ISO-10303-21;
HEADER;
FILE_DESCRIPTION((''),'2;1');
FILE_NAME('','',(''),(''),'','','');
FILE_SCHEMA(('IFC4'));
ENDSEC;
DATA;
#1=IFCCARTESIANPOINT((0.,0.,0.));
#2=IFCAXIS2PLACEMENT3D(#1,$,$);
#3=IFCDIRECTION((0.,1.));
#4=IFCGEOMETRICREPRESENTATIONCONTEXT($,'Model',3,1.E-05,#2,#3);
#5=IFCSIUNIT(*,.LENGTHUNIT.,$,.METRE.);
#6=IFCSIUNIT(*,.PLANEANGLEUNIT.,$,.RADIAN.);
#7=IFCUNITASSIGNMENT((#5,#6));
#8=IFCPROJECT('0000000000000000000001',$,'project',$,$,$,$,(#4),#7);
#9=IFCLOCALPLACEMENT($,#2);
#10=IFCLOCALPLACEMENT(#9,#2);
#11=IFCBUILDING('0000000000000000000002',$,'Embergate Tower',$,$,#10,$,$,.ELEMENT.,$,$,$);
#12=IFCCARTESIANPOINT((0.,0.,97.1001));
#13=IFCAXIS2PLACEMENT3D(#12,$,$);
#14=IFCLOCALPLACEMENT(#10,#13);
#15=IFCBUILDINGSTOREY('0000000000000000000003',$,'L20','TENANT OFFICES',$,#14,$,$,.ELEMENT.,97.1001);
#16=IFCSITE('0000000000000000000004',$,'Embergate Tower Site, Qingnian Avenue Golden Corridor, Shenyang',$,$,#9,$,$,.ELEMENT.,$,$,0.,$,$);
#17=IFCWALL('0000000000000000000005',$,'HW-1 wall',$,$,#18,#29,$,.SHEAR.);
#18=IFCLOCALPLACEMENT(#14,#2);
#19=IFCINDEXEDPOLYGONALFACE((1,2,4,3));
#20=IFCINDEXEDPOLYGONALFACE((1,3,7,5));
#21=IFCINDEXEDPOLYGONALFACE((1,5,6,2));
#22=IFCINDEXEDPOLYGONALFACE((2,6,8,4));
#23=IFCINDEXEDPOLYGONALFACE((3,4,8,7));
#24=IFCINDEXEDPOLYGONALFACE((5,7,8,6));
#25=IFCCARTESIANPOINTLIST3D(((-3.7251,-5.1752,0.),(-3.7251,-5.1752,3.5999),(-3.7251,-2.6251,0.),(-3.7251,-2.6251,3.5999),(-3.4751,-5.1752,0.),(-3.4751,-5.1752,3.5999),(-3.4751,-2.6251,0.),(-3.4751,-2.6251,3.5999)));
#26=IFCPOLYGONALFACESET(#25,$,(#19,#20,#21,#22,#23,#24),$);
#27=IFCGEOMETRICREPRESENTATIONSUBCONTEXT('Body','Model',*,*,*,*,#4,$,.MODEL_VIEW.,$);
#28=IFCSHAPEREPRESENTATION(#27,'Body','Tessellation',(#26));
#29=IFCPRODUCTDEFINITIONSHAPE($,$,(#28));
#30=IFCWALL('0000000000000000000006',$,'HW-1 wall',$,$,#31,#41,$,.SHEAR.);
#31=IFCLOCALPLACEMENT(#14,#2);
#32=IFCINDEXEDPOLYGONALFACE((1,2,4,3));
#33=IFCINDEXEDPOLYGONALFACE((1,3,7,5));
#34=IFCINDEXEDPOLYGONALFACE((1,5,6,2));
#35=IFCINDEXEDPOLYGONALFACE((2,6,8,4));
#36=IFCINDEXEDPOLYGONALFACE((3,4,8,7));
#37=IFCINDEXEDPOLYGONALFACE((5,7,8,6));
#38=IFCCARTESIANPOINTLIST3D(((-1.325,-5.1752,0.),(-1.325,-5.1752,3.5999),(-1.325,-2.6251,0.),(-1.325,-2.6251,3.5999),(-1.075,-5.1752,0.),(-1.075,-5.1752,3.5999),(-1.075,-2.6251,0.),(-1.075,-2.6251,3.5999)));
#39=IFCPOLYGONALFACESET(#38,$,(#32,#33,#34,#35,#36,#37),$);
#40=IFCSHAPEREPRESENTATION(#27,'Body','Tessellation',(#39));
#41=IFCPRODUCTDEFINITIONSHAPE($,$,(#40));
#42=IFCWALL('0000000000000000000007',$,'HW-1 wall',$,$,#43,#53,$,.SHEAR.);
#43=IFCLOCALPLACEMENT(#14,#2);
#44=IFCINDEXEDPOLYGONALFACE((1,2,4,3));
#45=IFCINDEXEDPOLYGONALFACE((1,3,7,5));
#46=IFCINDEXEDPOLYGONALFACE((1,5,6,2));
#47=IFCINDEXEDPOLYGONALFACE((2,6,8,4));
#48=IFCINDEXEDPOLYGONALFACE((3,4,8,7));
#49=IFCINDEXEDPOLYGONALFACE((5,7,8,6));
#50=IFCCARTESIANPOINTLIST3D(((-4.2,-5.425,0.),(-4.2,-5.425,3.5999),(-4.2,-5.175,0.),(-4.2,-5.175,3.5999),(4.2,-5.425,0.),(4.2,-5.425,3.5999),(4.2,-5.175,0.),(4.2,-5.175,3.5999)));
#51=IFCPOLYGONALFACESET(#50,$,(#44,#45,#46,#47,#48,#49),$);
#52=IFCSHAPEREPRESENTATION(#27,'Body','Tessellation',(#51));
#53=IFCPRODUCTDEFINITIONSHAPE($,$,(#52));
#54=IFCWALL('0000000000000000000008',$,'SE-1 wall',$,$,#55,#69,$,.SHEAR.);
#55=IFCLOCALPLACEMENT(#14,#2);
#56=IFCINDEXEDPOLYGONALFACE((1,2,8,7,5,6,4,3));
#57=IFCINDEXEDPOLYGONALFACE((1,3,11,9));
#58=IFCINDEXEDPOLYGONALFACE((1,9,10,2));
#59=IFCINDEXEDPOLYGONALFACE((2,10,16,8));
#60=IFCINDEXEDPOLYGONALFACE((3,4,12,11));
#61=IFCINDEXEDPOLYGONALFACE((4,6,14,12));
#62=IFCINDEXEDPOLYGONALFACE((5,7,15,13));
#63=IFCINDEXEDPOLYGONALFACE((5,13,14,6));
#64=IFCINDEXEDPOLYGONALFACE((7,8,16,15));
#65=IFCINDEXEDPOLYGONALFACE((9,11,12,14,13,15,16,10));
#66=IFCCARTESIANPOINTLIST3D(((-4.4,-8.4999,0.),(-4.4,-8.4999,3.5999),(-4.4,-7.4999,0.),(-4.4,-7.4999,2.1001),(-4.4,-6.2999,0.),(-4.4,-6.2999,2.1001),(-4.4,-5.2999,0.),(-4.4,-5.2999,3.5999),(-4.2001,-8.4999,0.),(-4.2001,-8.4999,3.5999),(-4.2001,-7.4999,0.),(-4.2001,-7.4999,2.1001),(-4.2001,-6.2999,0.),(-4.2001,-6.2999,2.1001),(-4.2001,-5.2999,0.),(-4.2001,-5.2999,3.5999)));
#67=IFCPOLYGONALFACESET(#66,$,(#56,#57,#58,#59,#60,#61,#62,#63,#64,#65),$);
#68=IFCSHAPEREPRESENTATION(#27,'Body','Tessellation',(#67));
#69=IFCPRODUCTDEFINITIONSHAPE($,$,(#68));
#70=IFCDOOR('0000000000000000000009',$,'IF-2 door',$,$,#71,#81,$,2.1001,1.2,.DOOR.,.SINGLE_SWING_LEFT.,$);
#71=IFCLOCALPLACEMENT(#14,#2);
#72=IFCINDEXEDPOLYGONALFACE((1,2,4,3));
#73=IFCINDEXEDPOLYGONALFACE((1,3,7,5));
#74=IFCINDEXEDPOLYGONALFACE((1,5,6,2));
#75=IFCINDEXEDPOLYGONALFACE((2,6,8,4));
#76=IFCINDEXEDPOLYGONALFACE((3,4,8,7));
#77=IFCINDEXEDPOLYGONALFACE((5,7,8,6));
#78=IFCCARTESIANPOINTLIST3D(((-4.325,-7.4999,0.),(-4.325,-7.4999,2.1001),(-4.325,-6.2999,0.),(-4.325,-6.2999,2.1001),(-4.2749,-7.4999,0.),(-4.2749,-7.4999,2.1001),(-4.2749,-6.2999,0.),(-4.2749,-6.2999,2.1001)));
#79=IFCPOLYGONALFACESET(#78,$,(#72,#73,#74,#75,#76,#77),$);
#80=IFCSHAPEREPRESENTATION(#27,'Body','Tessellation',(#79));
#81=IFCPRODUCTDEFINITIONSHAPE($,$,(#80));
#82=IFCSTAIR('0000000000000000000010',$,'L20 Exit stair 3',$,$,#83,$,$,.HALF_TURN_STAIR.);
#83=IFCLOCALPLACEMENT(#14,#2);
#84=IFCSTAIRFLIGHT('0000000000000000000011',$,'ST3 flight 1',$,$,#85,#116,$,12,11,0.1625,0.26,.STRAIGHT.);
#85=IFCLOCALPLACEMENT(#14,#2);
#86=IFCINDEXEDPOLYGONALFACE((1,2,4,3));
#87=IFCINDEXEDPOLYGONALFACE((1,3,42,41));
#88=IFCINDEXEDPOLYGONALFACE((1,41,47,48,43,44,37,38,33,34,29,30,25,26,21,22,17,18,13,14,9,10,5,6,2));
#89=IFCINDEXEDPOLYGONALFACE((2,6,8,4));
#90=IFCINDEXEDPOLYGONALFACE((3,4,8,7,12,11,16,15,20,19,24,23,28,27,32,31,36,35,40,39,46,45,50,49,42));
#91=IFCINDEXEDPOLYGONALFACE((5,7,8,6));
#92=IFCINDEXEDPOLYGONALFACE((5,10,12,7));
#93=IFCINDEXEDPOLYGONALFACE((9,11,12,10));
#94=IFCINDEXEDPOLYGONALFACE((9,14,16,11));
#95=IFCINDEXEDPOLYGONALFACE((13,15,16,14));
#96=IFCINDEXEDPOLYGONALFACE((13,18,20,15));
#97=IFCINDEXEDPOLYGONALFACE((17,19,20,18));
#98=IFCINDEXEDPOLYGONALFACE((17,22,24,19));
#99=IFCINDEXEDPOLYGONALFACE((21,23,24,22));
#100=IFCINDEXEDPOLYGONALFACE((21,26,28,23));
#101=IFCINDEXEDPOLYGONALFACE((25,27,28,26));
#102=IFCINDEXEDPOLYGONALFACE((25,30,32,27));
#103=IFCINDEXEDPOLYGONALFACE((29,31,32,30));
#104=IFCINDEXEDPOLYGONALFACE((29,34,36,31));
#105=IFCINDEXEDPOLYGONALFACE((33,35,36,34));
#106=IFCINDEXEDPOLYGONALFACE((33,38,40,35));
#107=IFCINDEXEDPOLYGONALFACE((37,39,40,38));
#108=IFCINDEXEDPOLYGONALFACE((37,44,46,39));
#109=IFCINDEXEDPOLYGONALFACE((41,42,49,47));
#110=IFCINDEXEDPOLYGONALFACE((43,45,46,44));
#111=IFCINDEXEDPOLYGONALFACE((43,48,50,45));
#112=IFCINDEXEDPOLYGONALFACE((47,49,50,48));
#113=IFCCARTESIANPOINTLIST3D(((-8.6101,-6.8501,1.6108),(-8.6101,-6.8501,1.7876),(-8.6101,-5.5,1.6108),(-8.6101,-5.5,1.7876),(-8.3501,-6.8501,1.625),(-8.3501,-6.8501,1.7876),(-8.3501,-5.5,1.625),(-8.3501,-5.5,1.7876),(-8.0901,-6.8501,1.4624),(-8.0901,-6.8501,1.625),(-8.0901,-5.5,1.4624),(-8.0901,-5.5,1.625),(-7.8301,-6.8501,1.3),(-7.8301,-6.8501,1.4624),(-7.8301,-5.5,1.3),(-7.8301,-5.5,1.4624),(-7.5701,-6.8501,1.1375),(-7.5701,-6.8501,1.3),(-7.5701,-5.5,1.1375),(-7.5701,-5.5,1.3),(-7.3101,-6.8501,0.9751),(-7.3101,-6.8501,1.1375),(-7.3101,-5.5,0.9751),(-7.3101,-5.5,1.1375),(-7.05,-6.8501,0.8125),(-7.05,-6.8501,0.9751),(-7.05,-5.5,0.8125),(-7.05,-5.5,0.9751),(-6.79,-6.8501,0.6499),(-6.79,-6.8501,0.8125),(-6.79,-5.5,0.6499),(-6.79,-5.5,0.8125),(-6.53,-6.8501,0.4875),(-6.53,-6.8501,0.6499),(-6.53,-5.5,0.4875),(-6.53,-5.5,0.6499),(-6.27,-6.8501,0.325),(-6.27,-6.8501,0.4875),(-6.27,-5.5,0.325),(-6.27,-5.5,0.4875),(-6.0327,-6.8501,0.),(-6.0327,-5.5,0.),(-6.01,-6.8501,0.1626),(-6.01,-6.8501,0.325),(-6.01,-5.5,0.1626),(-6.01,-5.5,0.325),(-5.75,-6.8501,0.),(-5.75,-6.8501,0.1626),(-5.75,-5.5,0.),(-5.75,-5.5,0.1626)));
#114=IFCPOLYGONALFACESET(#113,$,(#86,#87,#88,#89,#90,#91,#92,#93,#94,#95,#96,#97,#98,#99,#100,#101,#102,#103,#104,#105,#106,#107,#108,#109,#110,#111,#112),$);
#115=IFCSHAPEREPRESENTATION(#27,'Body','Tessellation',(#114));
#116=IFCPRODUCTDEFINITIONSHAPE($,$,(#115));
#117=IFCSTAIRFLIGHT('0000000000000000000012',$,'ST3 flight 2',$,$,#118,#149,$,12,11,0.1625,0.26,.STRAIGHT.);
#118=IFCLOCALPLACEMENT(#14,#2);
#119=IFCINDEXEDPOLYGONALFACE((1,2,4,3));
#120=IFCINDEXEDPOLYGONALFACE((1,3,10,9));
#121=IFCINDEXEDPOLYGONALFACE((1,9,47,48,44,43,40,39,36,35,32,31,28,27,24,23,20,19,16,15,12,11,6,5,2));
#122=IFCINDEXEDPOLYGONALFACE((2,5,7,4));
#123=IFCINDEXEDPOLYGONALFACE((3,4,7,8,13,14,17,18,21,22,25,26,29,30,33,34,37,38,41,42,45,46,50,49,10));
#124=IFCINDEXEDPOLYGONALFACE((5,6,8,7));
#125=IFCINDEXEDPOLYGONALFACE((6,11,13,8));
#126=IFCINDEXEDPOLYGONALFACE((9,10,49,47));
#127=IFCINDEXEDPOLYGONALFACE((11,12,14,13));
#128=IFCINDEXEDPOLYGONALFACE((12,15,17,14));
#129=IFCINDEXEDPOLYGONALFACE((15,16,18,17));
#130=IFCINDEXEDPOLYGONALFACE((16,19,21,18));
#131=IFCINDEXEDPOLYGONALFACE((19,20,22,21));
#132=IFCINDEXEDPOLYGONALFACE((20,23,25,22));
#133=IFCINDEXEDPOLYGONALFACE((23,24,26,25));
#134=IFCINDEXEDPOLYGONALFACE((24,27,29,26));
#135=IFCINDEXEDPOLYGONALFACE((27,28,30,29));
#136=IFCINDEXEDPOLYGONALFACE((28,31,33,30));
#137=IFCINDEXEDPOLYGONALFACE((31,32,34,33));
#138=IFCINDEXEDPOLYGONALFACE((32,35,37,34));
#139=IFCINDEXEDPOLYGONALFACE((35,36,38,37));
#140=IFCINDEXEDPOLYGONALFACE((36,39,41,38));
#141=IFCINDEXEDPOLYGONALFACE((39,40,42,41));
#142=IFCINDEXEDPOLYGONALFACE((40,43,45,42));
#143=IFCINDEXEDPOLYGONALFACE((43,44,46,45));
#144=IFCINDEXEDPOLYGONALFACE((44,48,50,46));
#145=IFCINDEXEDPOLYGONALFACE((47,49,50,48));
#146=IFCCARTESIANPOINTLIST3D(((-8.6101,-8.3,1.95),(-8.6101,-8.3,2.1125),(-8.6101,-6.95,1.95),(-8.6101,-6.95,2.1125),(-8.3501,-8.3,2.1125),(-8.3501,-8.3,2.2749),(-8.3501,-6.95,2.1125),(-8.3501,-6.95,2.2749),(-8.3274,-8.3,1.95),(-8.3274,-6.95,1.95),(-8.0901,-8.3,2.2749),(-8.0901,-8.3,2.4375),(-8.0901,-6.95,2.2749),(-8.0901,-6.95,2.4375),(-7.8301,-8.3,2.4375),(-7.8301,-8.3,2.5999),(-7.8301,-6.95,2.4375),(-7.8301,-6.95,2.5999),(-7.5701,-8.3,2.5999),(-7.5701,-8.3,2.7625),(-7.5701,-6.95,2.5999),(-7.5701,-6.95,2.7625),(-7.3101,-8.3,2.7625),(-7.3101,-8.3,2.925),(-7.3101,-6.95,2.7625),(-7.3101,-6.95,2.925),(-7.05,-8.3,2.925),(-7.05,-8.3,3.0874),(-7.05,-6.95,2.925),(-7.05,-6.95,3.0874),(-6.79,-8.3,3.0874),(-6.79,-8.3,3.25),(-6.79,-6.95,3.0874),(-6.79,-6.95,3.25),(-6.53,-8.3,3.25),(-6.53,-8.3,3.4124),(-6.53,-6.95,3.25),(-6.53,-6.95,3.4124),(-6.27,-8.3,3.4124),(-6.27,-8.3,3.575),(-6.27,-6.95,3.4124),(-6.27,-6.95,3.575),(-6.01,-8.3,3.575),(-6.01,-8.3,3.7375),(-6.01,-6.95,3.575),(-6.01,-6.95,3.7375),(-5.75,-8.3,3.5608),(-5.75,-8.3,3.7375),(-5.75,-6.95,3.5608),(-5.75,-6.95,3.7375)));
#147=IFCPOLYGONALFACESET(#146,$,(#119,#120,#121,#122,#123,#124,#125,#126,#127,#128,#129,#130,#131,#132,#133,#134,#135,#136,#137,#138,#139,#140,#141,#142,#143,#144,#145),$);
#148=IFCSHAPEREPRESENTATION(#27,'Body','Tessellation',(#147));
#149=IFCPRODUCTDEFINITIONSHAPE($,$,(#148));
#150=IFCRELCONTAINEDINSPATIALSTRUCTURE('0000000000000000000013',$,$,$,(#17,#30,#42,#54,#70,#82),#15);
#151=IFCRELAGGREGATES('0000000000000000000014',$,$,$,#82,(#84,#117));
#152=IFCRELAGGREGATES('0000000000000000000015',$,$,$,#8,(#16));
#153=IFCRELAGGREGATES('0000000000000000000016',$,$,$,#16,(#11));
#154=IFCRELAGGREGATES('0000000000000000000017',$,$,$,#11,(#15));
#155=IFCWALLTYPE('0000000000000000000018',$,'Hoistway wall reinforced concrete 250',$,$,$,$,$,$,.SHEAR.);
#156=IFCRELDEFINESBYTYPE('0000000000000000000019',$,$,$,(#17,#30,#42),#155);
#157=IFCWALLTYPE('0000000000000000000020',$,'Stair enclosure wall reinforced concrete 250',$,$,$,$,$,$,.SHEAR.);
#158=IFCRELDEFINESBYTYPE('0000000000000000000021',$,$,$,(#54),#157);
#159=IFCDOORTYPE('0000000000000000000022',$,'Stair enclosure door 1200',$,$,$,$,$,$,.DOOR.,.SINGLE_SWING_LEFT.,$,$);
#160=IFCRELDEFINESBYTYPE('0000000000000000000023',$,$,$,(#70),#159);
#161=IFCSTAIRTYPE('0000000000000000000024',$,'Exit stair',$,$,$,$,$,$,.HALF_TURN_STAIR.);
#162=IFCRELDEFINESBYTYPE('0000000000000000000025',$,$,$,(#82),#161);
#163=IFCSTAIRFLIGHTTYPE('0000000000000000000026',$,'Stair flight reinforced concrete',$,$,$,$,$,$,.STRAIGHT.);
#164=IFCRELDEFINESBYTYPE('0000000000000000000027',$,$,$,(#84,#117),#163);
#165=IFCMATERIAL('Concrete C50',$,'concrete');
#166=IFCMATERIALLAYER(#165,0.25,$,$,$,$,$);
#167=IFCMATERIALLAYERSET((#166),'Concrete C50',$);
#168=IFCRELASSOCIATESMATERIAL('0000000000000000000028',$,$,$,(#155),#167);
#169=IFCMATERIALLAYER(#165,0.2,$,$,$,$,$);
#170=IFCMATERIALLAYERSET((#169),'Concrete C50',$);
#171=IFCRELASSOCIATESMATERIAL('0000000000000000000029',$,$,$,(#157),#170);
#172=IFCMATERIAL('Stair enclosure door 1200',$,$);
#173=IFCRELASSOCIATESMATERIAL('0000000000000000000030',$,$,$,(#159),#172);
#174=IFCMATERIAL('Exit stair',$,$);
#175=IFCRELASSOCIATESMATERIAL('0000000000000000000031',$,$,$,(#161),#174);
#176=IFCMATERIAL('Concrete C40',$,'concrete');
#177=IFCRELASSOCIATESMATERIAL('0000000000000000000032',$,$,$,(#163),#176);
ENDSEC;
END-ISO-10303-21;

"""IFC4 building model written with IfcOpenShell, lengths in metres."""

from ifc_helpers import new_model, si_unit, direction, frame, frame_2d, origin, place, context, subcontext, project, spatial, polyline, rectangle, outline, extrude, source, transform, mapped, material, layer, layer_set, type_object, element, fill, aggregate, save


model = new_model("IFC4")

# Units and contexts
model_context = context("Model", 3, precision=1e-05, world=origin(), true_north=direction((0.0, 1.0)))
body_context = subcontext(model_context, "Body", "Model", "MODEL_VIEW")
ifc_project = project(units=[si_unit("LENGTHUNIT", "METRE"), si_unit("PLANEANGLEUNIT", "RADIAN")], contexts=[model_context])

# Site, building, storey
site_placement = place(None, origin())
site = spatial("IfcSite", under=ifc_project, at=site_placement, Name="Embergate Tower Site, Qingnian Avenue Golden Corridor, Shenyang", CompositionType="ELEMENT", RefElevation=0.0)
building_placement = place(site_placement, origin())
building = spatial("IfcBuilding", under=site, at=building_placement, Name="Embergate Tower", CompositionType="ELEMENT")
storey_placement = place(building_placement, frame((0.0, 0.0, 97.1001)))
storey = spatial("IfcBuildingStorey", under=building, at=storey_placement, Name="L20", Description="TENANT OFFICES", CompositionType="ELEMENT", Elevation=97.1001)

# Shared definitions
shared_shape_1 = source(origin(), body_context, "Body", "SweptSolid", [
    extrude(rectangle(XDim=1.2, YDim=2.1001, at=frame_2d((0.6001, 1.05))), frame((0.0, 0.0249, 0.0), z_axis=(0.0, -1.0, 0.0), x_axis=(1.0, 0.0, 0.0)), (0.0, 0.0, 1.0), 0.05),
])

# Walls
ifc_material_1 = material(Name="Concrete C50", Category="concrete")
ifc_layer_1 = layer(ifc_material_1, 0.25)
ifc_layer_set_1 = layer_set([ifc_layer_1], Name="Concrete C50")
wall_type_1 = type_object("IfcWallType", Name="Hoistway wall reinforced concrete 250", PredefinedType="SHEAR", material=ifc_layer_set_1)
shared_shape_2 = source(origin(), body_context, "Body", "SweptSolid", [
    extrude(rectangle(XDim=2.55, YDim=0.25, at=frame_2d((1.2749, 0.0))), origin(), (0.0, 0.0, 1.0), 3.5999),
])
for number, where, z_axis, x_axis, name in (
    (1, (-3.6001, -5.175, 0.0), (0.0, 0.0, 1.0), (0.0, 1.0, 0.0), "HW-1 wall"),
    (2, (-1.2, -5.175, 0.0), (0.0, 0.0, 1.0), (0.0, 1.0, 0.0), "HW-1 wall"),
):
    element("IfcWall", number, at=place(storey_placement, frame(where, z_axis=z_axis, x_axis=x_axis)), inside=storey, type_object=wall_type_1, Name=name, PredefinedType="SHEAR", context=body_context, shape_type="MappedRepresentation", body=[
        mapped(shared_shape_2, transform((0.0, 0.0, 0.0))),
    ])
shared_shape_3 = source(origin(), body_context, "Body", "SweptSolid", [
    extrude(rectangle(XDim=8.3999, YDim=0.25, at=frame_2d((4.2, 0.0))), origin(), (0.0, 0.0, 1.0), 3.5999),
])
wall_1_placement = place(storey_placement, frame((-4.2, -5.3, 0.0), z_axis=(0.0, 0.0, 1.0), x_axis=(1.0, 0.0, 0.0)))
element("IfcWall", 3, at=wall_1_placement, inside=storey, type_object=wall_type_1, Name="HW-1 wall", PredefinedType="SHEAR", context=body_context, shape_type="MappedRepresentation", body=[
    mapped(shared_shape_3, transform((0.0, 0.0, 0.0))),
])

# Wall, opening, door
ifc_layer_2 = layer(ifc_material_1, 0.2)
ifc_layer_set_2 = layer_set([ifc_layer_2], Name="Concrete C50")
wall_type_2 = type_object("IfcWallType", Name="Stair enclosure wall reinforced concrete 250", PredefinedType="SHEAR", material=ifc_layer_set_2)
shared_shape_4 = source(origin(), body_context, "Body", "SweptSolid", [
    extrude(rectangle(XDim=3.2, YDim=0.2, at=frame_2d((1.6001, 0.0))), origin(), (0.0, 0.0, 1.0), 3.5999),
])
wall_2_placement = place(storey_placement, frame((-4.3, -8.5, 0.0), z_axis=(0.0, 0.0, 1.0), x_axis=(0.0, 1.0, 0.0)))
wall_2 = element("IfcWall", 4, at=wall_2_placement, inside=storey, type_object=wall_type_2, Name="SE-1 wall", PredefinedType="SHEAR", context=body_context, shape_type="MappedRepresentation", body=[
    mapped(shared_shape_4, transform((0.0, 0.0, 0.0))),
])
shared_shape_5 = source(origin(), body_context, "Body", "SweptSolid", [
    extrude(rectangle(XDim=1.2, YDim=2.1001, at=frame_2d((0.6001, 1.05))), frame((0.0, 0.1099, 0.0), z_axis=(0.0, -1.0, 0.0), x_axis=(1.0, 0.0, 0.0)), (0.0, 0.0, 1.0), 0.22),
])
opening_1_placement = place(wall_2_placement, frame((1.0, 0.0, 0.0)))
opening_1 = element("IfcOpeningElement", 5, at=opening_1_placement, cuts=wall_2, PredefinedType="OPENING", context=body_context, shape_type="MappedRepresentation", body=[
    mapped(shared_shape_5, transform((0.0, 0.0, 0.0))),
])
ifc_material_2 = material(Name="Stair enclosure door 1200")
door_type_1 = type_object("IfcDoorType", Name="Stair enclosure door 1200", OperationType="SINGLE_SWING_LEFT", PredefinedType="DOOR", material=ifc_material_2)
door_1_placement = place(opening_1_placement, origin())
door_1 = element("IfcDoor", 6, at=door_1_placement, inside=storey, type_object=door_type_1, Name="IF-2 door", OperationType="SINGLE_SWING_LEFT", OverallHeight=2.1001, OverallWidth=1.2, PredefinedType="DOOR", context=body_context, shape_type="MappedRepresentation", body=[
    mapped(shared_shape_1, transform((0.0, 0.0, 0.0))),
])
fill(opening_1, door_1)

# Stair, stair flights
ifc_material_3 = material(Name="Exit stair")
stair_type = type_object("IfcStairType", Name="Exit stair", PredefinedType="HALF_TURN_STAIR", material=ifc_material_3)
stair_placement = place(storey_placement, origin())
stair = element("IfcStair", 7, at=stair_placement, inside=storey, type_object=stair_type, Name="L20 Exit stair 3", PredefinedType="HALF_TURN_STAIR")
ifc_material_4 = material(Name="Concrete C40", Category="concrete")
stair_flight_type = type_object("IfcStairFlightType", Name="Stair flight reinforced concrete", PredefinedType="STRAIGHT", material=ifc_material_4)
shared_shape_6 = source(origin(), body_context, "Body", "SweptSolid", [
    extrude(outline(polyline([(0.0, 0.0), (0.0, 0.1626), (0.26, 0.1626), (0.26, 0.325), (0.52, 0.325), (0.52, 0.4875), (0.78, 0.4875), (0.78, 0.6499), (1.04, 0.6499), (1.04, 0.8125), (1.3, 0.8125), (1.3, 0.9751), (1.5601, 0.9751), (1.5601, 1.1375), (1.8201, 1.1375), (1.8201, 1.3), (2.0801, 1.3), (2.0801, 1.4624), (2.3401, 1.4624), (2.3401, 1.625), (2.6001, 1.625), (2.6001, 1.7876), (2.8601, 1.7876), (2.8601, 1.95), (2.8601, 1.6108), (0.2827, 0.0), (0.0, 0.0)])), frame((0.0, 0.675, 0.0), z_axis=(0.0, -1.0, 0.0), x_axis=(1.0, 0.0, 0.0)), (0.0, 0.0, 1.0), 1.3501),
])
stair_flight_1_placement = place(storey_placement, frame((-5.75, -6.175, 0.0), z_axis=(0.0, 0.0, 1.0), x_axis=(-1.0, 0.0, 0.0)))
stair_flight_1 = element("IfcStairFlight", 8, at=stair_flight_1_placement, type_object=stair_flight_type, Name="ST3 flight 1", NumberOfRisers=12, NumberOfTreads=11, PredefinedType="STRAIGHT", RiserHeight=0.1625, TreadLength=0.26, context=body_context, shape_type="MappedRepresentation", body=[
    mapped(shared_shape_6, transform((0.0, 0.0, 0.0))),
])
stair_flight_2_placement = place(storey_placement, frame((-8.6101, -7.625, 1.95), z_axis=(0.0, 0.0, 1.0), x_axis=(1.0, 0.0, 0.0)))
stair_flight_2 = element("IfcStairFlight", 9, at=stair_flight_2_placement, type_object=stair_flight_type, Name="ST3 flight 2", NumberOfRisers=12, NumberOfTreads=11, PredefinedType="STRAIGHT", RiserHeight=0.1625, TreadLength=0.26, context=body_context, shape_type="MappedRepresentation", body=[
    mapped(shared_shape_6, transform((0.0, 0.0, 0.0))),
])
aggregate(stair, [stair_flight_1, stair_flight_2])

save(model, "model.ifc")
